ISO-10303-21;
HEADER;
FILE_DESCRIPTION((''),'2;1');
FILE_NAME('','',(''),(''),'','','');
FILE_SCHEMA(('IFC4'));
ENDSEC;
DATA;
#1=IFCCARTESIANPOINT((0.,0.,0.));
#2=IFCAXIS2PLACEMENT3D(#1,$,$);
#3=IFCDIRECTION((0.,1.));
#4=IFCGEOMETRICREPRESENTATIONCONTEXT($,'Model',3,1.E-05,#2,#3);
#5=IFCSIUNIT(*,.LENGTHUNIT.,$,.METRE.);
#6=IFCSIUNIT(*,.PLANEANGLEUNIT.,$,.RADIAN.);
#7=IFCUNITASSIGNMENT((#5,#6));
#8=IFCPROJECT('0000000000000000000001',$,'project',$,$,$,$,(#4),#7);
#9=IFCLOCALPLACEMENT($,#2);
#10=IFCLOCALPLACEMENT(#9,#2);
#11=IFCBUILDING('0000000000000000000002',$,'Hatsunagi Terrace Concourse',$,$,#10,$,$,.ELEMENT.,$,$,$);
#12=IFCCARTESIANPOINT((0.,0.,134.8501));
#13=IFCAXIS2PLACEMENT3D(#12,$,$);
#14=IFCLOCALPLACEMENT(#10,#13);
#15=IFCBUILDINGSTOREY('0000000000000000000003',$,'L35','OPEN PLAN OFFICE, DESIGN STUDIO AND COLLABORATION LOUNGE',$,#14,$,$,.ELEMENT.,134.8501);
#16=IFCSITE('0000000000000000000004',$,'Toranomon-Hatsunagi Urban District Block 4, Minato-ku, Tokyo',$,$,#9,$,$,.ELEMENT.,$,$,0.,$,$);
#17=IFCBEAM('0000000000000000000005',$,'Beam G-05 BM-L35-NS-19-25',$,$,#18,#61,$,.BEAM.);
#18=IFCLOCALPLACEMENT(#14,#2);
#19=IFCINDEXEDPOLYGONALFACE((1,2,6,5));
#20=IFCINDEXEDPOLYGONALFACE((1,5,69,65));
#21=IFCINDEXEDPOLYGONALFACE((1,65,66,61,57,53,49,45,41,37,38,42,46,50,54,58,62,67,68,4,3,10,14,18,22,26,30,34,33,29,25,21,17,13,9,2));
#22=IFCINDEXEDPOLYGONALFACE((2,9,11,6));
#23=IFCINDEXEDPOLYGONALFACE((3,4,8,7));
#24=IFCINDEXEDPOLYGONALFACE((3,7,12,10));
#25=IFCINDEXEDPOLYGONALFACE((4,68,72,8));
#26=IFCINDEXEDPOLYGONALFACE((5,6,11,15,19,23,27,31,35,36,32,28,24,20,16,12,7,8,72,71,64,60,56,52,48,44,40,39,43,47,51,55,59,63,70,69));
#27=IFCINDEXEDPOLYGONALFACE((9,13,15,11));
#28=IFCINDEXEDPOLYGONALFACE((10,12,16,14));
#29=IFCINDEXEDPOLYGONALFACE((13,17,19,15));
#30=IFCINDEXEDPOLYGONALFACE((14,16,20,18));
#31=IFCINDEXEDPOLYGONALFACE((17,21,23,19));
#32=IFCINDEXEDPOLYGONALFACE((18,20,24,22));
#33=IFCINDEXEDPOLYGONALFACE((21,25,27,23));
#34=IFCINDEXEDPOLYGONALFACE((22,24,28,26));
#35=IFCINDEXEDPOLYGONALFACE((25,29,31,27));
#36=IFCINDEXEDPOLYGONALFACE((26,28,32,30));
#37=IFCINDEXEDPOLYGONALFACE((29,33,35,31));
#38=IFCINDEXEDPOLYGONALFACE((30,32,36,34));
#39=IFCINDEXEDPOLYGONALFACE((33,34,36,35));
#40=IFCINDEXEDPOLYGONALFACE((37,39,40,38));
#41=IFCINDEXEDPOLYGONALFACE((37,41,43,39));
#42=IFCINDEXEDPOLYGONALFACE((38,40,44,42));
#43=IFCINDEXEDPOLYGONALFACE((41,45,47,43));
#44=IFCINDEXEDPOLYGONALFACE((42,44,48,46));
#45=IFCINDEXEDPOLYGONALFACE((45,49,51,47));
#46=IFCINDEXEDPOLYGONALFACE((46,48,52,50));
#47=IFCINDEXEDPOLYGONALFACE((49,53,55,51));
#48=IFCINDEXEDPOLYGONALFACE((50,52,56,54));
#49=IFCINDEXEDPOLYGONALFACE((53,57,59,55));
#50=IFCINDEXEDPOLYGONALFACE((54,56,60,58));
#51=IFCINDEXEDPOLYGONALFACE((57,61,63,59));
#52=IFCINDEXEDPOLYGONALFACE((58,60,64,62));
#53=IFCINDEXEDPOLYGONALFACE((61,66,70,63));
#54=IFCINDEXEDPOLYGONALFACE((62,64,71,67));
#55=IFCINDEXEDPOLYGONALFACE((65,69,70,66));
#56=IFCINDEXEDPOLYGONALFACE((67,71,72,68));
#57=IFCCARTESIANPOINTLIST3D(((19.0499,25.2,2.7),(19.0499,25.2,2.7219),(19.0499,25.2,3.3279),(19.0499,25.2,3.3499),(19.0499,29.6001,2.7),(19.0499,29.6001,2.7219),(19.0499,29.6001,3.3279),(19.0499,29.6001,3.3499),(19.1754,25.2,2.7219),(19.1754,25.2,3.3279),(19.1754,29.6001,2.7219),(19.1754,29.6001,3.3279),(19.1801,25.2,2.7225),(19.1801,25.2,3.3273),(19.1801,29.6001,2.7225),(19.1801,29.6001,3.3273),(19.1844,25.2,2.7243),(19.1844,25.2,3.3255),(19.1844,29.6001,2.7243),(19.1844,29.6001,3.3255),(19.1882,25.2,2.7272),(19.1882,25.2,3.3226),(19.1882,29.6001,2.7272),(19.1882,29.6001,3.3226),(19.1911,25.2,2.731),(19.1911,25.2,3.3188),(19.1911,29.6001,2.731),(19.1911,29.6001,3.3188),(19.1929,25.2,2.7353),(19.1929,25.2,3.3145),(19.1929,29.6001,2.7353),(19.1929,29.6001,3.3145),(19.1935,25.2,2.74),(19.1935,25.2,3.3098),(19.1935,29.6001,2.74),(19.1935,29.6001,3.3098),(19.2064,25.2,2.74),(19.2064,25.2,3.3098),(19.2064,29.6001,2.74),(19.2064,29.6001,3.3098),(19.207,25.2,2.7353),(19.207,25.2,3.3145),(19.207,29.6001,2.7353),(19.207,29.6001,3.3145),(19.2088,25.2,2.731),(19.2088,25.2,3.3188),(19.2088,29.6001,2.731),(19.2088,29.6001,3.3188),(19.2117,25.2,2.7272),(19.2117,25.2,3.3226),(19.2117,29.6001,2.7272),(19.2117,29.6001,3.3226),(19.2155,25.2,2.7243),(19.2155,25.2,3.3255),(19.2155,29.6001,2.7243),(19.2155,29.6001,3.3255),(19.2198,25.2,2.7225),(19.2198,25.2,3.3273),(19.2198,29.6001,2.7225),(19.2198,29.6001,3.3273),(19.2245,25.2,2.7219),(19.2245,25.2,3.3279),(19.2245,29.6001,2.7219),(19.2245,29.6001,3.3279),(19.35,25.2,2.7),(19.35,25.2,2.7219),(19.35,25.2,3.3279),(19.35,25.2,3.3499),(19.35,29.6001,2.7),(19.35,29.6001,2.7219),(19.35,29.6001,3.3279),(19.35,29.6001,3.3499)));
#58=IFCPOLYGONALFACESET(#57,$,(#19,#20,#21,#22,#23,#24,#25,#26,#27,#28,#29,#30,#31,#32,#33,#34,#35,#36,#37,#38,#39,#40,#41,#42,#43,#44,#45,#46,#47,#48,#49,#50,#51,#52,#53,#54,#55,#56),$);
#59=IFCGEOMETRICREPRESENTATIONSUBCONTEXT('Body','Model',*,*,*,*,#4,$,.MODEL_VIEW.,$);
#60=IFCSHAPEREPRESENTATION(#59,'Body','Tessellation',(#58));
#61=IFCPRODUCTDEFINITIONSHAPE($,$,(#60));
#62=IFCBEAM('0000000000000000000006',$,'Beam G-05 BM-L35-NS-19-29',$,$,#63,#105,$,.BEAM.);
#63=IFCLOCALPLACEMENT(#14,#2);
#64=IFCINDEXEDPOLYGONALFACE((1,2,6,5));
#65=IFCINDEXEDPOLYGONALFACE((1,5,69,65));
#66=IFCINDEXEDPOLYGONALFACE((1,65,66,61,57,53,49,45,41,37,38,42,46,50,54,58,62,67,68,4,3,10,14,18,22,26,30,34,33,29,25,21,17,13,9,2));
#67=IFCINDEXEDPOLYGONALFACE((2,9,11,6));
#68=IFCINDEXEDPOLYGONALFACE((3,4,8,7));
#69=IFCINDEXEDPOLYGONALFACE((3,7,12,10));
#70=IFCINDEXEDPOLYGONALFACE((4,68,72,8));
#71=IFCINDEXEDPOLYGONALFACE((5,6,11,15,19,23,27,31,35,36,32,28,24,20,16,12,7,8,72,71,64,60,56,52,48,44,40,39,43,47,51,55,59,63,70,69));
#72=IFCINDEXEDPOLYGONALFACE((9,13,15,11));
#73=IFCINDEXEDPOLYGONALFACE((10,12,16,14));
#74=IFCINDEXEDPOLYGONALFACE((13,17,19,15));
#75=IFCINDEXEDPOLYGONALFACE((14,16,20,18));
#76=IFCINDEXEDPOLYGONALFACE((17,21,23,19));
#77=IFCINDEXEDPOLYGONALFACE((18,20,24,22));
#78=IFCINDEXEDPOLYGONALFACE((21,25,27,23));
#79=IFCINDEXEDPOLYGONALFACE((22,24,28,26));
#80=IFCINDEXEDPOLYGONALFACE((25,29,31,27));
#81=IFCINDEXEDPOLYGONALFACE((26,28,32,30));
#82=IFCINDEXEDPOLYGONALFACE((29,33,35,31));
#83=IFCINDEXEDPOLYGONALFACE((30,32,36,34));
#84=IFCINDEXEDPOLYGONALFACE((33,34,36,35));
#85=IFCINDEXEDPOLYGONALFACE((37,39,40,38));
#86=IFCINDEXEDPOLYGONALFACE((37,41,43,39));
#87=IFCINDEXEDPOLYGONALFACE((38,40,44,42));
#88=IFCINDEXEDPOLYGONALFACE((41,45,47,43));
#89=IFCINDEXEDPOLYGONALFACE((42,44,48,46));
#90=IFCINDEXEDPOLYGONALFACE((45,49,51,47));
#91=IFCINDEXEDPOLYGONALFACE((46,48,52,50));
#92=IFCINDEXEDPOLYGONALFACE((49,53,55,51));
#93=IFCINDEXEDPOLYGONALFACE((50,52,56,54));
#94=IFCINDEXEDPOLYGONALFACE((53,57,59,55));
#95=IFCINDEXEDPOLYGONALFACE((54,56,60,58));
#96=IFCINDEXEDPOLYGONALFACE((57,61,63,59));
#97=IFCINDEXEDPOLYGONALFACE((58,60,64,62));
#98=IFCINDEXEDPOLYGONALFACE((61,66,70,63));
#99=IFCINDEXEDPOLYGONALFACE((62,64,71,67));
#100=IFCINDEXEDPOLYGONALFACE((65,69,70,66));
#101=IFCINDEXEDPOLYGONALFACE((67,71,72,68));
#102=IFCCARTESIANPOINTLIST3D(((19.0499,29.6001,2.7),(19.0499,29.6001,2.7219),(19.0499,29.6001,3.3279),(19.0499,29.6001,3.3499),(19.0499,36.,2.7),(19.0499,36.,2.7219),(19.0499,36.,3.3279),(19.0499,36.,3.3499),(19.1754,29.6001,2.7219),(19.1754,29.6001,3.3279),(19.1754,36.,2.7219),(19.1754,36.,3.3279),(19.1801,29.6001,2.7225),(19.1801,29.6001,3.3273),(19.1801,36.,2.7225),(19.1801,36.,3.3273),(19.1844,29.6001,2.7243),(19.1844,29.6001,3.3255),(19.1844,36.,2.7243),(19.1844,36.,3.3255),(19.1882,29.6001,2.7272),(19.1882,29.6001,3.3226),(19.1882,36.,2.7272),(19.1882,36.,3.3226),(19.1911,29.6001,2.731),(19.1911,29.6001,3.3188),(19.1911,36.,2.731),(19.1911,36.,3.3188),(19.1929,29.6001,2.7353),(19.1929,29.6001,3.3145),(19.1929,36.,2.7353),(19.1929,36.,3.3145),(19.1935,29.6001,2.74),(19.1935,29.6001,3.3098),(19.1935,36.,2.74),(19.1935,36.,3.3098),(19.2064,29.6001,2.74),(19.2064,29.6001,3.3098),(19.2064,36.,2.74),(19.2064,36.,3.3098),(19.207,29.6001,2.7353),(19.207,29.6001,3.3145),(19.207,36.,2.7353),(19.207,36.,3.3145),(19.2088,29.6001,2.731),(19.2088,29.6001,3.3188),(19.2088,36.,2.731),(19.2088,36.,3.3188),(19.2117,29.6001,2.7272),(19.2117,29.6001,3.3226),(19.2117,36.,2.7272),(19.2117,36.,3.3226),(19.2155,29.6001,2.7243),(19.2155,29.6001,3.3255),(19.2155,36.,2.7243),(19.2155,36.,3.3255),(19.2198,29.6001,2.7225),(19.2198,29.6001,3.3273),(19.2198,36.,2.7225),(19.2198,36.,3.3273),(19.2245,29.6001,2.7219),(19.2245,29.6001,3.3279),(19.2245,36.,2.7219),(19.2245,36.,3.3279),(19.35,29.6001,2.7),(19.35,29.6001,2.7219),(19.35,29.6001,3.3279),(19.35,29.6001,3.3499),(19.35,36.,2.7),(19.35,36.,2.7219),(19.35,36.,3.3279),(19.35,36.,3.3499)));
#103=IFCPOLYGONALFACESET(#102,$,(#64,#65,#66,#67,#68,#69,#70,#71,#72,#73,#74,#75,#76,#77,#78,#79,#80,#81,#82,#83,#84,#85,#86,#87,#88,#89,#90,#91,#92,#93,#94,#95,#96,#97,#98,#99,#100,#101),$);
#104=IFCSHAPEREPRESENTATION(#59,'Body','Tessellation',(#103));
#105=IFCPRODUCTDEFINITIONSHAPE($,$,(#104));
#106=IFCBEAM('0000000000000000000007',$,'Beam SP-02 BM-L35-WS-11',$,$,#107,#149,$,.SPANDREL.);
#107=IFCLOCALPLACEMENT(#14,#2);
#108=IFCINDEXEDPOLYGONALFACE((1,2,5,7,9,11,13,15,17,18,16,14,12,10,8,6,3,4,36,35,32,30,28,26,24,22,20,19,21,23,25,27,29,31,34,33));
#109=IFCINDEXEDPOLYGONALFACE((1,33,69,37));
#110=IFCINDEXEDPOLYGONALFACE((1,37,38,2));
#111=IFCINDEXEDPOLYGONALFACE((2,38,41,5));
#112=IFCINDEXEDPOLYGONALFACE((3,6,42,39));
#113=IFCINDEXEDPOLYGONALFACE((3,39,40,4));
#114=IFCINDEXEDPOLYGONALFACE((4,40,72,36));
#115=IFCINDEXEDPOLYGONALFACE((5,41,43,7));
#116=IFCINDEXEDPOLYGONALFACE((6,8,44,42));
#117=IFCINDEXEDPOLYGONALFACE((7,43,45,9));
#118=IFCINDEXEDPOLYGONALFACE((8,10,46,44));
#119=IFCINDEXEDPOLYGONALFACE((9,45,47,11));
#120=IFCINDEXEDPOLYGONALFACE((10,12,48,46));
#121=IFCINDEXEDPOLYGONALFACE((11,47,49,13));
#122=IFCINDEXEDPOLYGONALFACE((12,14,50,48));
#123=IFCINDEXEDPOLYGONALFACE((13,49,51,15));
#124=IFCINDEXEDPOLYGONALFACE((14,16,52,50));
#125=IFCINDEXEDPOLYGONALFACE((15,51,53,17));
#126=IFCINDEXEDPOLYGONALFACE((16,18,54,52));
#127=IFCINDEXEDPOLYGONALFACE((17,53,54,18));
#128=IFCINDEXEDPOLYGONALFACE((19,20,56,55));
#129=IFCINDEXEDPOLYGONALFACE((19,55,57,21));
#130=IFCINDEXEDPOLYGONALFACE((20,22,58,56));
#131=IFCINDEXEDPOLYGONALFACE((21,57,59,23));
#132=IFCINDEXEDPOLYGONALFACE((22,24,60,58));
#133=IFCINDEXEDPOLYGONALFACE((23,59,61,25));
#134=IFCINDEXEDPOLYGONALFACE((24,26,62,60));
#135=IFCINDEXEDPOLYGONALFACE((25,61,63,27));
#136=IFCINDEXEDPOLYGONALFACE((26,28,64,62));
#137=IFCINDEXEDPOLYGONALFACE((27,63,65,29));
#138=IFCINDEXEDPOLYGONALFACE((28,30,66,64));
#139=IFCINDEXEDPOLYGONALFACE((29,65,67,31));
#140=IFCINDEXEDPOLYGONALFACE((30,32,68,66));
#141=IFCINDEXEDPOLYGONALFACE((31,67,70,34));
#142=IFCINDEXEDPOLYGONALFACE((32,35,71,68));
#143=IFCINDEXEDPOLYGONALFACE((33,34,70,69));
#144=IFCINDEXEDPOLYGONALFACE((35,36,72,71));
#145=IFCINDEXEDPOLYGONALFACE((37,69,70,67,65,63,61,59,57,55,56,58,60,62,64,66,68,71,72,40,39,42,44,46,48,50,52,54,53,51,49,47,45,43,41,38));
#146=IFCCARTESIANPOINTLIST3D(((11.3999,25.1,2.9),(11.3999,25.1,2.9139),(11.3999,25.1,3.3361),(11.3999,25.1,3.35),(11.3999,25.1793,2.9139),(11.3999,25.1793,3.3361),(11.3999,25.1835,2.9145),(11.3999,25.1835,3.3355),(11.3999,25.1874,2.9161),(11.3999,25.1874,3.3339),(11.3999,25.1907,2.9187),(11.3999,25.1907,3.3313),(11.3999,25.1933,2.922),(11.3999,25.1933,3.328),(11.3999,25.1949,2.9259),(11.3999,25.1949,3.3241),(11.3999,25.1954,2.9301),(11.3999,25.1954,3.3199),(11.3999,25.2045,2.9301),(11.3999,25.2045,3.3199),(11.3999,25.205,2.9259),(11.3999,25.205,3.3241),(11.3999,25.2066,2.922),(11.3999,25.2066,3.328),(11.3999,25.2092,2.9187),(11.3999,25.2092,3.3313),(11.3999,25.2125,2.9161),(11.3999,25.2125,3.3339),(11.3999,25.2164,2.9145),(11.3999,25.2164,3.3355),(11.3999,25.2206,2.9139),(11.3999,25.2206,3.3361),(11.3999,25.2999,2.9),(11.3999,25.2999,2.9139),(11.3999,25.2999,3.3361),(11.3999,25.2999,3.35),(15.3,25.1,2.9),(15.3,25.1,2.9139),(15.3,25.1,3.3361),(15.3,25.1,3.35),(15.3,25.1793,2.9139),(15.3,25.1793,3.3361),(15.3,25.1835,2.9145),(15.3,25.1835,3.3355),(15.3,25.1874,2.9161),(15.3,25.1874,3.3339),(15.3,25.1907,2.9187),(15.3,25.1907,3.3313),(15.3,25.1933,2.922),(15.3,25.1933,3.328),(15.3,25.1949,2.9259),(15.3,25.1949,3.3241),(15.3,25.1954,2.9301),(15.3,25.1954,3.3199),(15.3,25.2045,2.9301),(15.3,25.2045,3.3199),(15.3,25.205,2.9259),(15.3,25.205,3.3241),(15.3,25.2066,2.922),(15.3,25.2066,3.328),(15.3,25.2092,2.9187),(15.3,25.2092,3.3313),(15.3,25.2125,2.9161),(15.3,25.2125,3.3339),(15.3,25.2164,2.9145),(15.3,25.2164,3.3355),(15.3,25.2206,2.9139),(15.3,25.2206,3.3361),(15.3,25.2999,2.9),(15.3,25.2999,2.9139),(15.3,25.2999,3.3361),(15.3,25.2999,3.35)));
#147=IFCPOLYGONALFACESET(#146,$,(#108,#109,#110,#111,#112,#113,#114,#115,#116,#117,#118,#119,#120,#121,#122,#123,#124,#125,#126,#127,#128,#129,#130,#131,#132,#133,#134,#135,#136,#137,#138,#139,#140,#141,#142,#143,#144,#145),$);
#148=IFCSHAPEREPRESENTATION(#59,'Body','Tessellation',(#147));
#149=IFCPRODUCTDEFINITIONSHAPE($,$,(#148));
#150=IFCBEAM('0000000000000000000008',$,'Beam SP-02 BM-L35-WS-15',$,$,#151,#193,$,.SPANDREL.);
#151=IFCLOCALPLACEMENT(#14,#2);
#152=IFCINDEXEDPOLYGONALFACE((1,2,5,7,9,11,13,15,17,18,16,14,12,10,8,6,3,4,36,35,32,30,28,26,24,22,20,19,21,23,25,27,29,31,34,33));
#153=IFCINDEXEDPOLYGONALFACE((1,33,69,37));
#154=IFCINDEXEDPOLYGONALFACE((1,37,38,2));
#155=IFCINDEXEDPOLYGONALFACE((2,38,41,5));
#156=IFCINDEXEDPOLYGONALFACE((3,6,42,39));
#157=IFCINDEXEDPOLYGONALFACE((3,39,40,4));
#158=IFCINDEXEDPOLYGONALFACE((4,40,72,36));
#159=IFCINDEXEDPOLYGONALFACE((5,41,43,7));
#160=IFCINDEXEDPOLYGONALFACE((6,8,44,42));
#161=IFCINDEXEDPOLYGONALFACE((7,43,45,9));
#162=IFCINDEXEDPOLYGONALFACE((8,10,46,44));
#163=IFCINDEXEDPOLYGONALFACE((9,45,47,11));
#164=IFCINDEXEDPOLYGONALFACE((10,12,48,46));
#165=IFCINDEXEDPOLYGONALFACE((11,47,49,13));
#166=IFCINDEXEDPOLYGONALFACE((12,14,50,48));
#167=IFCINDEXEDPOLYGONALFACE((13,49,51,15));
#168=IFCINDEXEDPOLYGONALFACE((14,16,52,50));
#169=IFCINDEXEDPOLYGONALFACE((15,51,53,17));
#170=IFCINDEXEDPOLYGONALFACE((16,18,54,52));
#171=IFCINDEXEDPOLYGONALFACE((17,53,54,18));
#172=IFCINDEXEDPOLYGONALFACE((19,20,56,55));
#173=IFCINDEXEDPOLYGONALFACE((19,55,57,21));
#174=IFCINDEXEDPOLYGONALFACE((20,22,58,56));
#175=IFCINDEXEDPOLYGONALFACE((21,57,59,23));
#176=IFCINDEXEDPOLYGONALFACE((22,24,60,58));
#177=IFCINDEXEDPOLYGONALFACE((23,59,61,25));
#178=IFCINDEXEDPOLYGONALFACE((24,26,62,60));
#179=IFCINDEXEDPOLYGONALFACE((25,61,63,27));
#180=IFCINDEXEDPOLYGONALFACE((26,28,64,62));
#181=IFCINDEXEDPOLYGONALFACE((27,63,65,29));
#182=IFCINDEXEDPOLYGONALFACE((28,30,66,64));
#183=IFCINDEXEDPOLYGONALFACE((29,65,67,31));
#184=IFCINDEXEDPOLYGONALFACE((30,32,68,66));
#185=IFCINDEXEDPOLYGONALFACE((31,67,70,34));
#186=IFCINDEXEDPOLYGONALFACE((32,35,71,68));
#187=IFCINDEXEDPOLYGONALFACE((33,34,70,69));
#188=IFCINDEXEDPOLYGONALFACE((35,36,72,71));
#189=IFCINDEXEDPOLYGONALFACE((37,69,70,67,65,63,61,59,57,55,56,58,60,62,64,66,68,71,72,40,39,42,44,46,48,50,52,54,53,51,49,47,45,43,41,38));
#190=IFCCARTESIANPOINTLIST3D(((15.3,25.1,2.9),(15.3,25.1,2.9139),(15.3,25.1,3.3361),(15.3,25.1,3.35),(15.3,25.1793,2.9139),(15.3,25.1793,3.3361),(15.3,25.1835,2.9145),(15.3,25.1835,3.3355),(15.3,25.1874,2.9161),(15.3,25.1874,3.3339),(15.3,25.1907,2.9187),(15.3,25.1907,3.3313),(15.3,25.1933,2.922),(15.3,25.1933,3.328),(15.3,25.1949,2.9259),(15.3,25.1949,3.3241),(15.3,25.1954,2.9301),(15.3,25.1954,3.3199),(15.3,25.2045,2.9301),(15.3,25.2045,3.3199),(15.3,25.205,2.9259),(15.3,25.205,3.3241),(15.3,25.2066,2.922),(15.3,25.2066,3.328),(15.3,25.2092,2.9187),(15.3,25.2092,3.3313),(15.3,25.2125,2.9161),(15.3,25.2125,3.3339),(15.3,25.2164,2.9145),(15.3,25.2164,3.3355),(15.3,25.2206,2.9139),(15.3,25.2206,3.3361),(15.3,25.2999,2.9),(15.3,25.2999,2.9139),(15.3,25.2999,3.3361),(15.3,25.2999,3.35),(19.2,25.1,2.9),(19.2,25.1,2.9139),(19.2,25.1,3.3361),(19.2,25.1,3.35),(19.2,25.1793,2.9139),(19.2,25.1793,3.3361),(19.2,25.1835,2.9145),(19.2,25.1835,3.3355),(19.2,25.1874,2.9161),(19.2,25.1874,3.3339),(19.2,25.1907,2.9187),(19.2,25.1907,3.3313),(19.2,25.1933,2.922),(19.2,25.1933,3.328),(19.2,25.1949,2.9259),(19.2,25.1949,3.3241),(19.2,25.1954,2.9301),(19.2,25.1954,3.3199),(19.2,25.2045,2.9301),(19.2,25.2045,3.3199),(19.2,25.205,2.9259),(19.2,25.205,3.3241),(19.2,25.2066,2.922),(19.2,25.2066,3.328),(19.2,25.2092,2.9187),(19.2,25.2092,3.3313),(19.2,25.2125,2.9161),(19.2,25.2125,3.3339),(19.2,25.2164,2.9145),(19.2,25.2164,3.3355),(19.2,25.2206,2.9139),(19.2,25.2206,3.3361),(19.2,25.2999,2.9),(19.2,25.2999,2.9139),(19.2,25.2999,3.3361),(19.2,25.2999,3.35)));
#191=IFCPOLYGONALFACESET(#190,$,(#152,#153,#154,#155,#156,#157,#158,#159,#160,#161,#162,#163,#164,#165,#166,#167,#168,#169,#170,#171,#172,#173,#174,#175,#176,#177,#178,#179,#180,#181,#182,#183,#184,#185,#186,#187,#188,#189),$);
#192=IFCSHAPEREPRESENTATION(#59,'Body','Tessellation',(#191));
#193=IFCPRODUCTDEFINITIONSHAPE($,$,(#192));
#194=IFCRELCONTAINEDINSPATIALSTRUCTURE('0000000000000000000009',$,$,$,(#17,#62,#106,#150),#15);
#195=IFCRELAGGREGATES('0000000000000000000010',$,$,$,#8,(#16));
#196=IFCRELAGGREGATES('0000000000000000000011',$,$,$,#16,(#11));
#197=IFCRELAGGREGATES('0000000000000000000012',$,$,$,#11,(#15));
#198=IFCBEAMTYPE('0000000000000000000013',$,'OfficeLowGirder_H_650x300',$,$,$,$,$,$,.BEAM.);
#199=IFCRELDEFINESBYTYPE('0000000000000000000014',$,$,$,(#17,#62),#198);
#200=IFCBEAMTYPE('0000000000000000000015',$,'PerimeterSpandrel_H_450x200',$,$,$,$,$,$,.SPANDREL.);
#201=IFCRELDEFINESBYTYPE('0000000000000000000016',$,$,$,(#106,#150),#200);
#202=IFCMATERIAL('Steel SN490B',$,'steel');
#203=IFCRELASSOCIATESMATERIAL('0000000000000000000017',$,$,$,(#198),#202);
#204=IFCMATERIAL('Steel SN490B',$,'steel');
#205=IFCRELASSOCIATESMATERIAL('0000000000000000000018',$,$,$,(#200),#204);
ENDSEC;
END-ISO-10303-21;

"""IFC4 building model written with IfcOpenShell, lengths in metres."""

from ifc_helpers import new_model, si_unit, direction, frame, origin, origin_2d, place, context, subcontext, project, spatial, i_section, extrude, material, material_profile, profile_set, type_object, element, save


model = new_model("IFC4")

# Units and contexts
model_context = context("Model", 3, precision=1e-05, world=origin(), true_north=direction((0.0, 1.0)))
body_context = subcontext(model_context, "Body", "Model", "MODEL_VIEW")
ifc_project = project(units=[si_unit("LENGTHUNIT", "METRE"), si_unit("PLANEANGLEUNIT", "RADIAN")], contexts=[model_context])

# Site, building, storey
site_placement = place(None, origin())
site = spatial("IfcSite", under=ifc_project, at=site_placement, Name="Toranomon-Hatsunagi Urban District Block 4, Minato-ku, Tokyo", CompositionType="ELEMENT", RefElevation=0.0)
building_placement = place(site_placement, origin())
building = spatial("IfcBuilding", under=site, at=building_placement, Name="Hatsunagi Terrace Concourse", CompositionType="ELEMENT")
storey_placement = place(building_placement, frame((0.0, 0.0, 134.8501)))
storey = spatial("IfcBuildingStorey", under=building, at=storey_placement, Name="L35", Description="OPEN PLAN OFFICE, DESIGN STUDIO AND COLLABORATION LOUNGE", CompositionType="ELEMENT", Elevation=134.8501)

# Beams
ifc_material_1 = material(Name="Steel SN490B", Category="steel")
ifc_material_profile_1 = material_profile(ifc_material_1, i_section(OverallWidth=0.3, OverallDepth=0.6499, WebThickness=0.0129, FlangeThickness=0.022, FilletRadius=0.0181, at=origin_2d()), Name="H-650x300x13x22")
ifc_profile_set_1 = profile_set([ifc_material_profile_1], Name="Steel SN490B")
beam_type_1 = type_object("IfcBeamType", Name="OfficeLowGirder_H_650x300", PredefinedType="BEAM", material=ifc_profile_set_1)
beam_1_placement = place(storey_placement, frame((19.2, 25.2, 3.0249), z_axis=(0.0, 1.0, 0.0), x_axis=(-1.0, 0.0, 0.0)))
element("IfcBeam", 1, at=beam_1_placement, inside=storey, type_object=beam_type_1, Name="Beam G-05 BM-L35-NS-19-25", PredefinedType="BEAM", context=body_context, shape_type="SweptSolid", body=[
    extrude(i_section(OverallWidth=0.3, OverallDepth=0.6499, WebThickness=0.0129, FlangeThickness=0.022, FilletRadius=0.0181, at=origin_2d()), origin(), (0.0, 0.0, 1.0), 4.4001),
])
beam_2_placement = place(storey_placement, frame((19.2, 29.6001, 3.0249), z_axis=(0.0, 1.0, 0.0), x_axis=(-1.0, 0.0, 0.0)))
element("IfcBeam", 2, at=beam_2_placement, inside=storey, type_object=beam_type_1, Name="Beam G-05 BM-L35-NS-19-29", PredefinedType="BEAM", context=body_context, shape_type="SweptSolid", body=[
    extrude(i_section(OverallWidth=0.3, OverallDepth=0.6499, WebThickness=0.0129, FlangeThickness=0.022, FilletRadius=0.0181, at=origin_2d()), origin(), (0.0, 0.0, 1.0), 6.3999),
])
ifc_material_2 = material(Name="Steel SN490B", Category="steel")
ifc_material_profile_2 = material_profile(ifc_material_2, i_section(OverallWidth=0.2, OverallDepth=0.45, WebThickness=0.009, FlangeThickness=0.0139, FilletRadius=0.0161, at=origin_2d()), Name="H-450x200x9x14")
ifc_profile_set_2 = profile_set([ifc_material_profile_2], Name="Steel SN490B")
beam_type_2 = type_object("IfcBeamType", Name="PerimeterSpandrel_H_450x200", PredefinedType="SPANDREL", material=ifc_profile_set_2)
beam_3_placement = place(storey_placement, frame((11.3999, 25.2, 3.125), z_axis=(1.0, 0.0, 0.0), x_axis=(0.0, 1.0, 0.0)))
element("IfcBeam", 3, at=beam_3_placement, inside=storey, type_object=beam_type_2, Name="Beam SP-02 BM-L35-WS-11", PredefinedType="SPANDREL", context=body_context, shape_type="SweptSolid", body=[
    extrude(i_section(OverallWidth=0.2, OverallDepth=0.45, WebThickness=0.009, FlangeThickness=0.0139, FilletRadius=0.0161, at=origin_2d()), origin(), (0.0, 0.0, 1.0), 3.9001),
])
beam_4_placement = place(storey_placement, frame((15.3, 25.2, 3.125), z_axis=(1.0, 0.0, 0.0), x_axis=(0.0, 1.0, 0.0)))
element("IfcBeam", 4, at=beam_4_placement, inside=storey, type_object=beam_type_2, Name="Beam SP-02 BM-L35-WS-15", PredefinedType="SPANDREL", context=body_context, shape_type="SweptSolid", body=[
    extrude(i_section(OverallWidth=0.2, OverallDepth=0.45, WebThickness=0.009, FlangeThickness=0.0139, FilletRadius=0.0161, at=origin_2d()), origin(), (0.0, 0.0, 1.0), 3.8999),
])

save(model, "model.ifc")
